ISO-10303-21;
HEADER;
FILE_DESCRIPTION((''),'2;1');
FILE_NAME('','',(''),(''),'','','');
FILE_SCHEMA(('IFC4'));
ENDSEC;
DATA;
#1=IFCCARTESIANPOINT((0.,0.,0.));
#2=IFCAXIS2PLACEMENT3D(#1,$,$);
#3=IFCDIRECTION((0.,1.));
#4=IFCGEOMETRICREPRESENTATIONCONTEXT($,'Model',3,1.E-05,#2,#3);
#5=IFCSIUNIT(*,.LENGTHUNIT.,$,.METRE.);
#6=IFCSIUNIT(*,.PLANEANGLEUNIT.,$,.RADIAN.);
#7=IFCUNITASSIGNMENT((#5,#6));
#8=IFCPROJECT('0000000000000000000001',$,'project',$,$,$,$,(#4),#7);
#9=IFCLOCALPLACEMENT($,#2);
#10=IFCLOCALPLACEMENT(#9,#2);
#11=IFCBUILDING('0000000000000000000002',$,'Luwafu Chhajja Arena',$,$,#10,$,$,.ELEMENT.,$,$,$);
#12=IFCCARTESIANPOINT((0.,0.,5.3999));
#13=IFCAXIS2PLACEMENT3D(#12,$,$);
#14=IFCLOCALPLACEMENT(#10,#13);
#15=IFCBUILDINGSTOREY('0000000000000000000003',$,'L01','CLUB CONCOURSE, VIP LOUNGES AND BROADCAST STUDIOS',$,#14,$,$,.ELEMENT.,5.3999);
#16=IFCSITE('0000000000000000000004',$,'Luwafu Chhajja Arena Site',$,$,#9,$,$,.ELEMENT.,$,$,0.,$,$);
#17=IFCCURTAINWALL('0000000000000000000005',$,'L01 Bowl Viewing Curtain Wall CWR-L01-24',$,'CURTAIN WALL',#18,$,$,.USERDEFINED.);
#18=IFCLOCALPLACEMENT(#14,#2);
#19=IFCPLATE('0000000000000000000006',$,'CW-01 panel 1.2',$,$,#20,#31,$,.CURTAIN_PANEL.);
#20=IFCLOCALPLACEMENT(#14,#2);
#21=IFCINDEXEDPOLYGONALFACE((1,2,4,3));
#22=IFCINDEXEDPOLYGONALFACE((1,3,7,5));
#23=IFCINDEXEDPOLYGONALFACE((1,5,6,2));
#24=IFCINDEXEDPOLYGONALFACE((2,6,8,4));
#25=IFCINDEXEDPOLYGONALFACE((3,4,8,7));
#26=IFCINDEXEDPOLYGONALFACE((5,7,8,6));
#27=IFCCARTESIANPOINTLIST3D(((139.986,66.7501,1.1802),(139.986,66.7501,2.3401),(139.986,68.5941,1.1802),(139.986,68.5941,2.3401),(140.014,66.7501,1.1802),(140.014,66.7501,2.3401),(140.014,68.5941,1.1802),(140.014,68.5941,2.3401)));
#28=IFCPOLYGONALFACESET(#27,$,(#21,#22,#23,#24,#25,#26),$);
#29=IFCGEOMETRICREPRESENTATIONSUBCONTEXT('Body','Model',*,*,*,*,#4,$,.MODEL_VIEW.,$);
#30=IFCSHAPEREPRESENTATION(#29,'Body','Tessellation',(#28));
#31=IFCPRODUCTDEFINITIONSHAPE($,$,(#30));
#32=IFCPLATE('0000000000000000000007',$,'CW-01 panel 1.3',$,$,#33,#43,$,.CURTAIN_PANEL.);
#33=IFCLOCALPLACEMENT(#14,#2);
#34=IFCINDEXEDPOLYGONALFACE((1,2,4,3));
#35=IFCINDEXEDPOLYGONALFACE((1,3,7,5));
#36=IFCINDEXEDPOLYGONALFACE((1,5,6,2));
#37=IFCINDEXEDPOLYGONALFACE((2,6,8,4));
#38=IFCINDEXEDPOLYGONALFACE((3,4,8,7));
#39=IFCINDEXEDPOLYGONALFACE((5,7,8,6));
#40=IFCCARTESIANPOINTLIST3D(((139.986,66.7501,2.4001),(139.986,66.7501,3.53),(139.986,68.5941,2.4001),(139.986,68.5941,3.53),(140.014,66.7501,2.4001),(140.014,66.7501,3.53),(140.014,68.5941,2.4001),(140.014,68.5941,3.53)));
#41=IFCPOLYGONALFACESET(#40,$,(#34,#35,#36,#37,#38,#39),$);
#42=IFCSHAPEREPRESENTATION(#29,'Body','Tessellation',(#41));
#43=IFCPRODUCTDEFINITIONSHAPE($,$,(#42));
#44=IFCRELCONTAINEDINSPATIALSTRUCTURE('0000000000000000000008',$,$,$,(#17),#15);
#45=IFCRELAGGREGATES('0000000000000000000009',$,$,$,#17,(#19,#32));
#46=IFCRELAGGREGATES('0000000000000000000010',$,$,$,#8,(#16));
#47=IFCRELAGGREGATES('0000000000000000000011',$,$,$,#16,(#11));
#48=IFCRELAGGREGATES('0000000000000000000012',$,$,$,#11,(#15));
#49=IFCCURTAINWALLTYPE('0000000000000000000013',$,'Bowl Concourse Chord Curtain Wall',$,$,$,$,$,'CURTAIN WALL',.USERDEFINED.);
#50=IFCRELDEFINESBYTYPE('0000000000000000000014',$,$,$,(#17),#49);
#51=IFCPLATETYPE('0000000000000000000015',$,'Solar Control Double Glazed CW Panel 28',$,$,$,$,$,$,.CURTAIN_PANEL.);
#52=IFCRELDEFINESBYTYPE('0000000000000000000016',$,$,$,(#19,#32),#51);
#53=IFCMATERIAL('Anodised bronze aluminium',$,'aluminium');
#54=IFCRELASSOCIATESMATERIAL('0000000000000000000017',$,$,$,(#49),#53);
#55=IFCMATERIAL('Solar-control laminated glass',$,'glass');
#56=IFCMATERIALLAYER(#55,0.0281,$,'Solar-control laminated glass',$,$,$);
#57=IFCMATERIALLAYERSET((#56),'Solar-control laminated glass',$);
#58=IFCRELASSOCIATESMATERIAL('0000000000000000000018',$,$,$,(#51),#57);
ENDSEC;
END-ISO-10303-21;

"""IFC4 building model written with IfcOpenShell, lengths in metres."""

from ifc_helpers import new_model, si_unit, direction, frame, origin, origin_2d, place, context, subcontext, project, spatial, rectangle, extrude, material, layer, layer_set, type_object, element, aggregate, save


model = new_model("IFC4")

# Units and contexts
model_context = context("Model", 3, precision=1e-05, world=origin(), true_north=direction((0.0, 1.0)))
body_context = subcontext(model_context, "Body", "Model", "MODEL_VIEW")
ifc_project = project(units=[si_unit("LENGTHUNIT", "METRE"), si_unit("PLANEANGLEUNIT", "RADIAN")], contexts=[model_context])

# Site, building, storey
site_placement = place(None, origin())
site = spatial("IfcSite", under=ifc_project, at=site_placement, Name="Luwafu Chhajja Arena Site", CompositionType="ELEMENT", RefElevation=0.0)
building_placement = place(site_placement, origin())
building = spatial("IfcBuilding", under=site, at=building_placement, Name="Luwafu Chhajja Arena", CompositionType="ELEMENT")
storey_placement = place(building_placement, frame((0.0, 0.0, 5.3999)))
storey = spatial("IfcBuildingStorey", under=building, at=storey_placement, Name="L01", Description="CLUB CONCOURSE, VIP LOUNGES AND BROADCAST STUDIOS", CompositionType="ELEMENT", Elevation=5.3999)

# Curtain wall
ifc_material_1 = material(Name="Anodised bronze aluminium", Category="aluminium")
curtain_wall_type = type_object("IfcCurtainWallType", Name="Bowl Concourse Chord Curtain Wall", ElementType="CURTAIN WALL", PredefinedType="USERDEFINED", material=ifc_material_1)
curtain_wall_1_placement = place(storey_placement, origin())
curtain_wall_1 = element("IfcCurtainWall", 1, at=curtain_wall_1_placement, inside=storey, type_object=curtain_wall_type, Name="L01 Bowl Viewing Curtain Wall CWR-L01-24", ObjectType="CURTAIN WALL", PredefinedType="USERDEFINED")

# Plates
ifc_material_2 = material(Name="Solar-control laminated glass", Category="glass")
ifc_layer = layer(ifc_material_2, 0.0281, Name="Solar-control laminated glass")
ifc_layer_set = layer_set([ifc_layer], Name="Solar-control laminated glass")
plate_type = type_object("IfcPlateType", Name="Solar Control Double Glazed CW Panel 28", PredefinedType="CURTAIN_PANEL", material=ifc_layer_set)
plate_1_placement = place(storey_placement, frame((140.0, 67.6721, 1.1802), z_axis=(0.0, 0.0, 1.0), x_axis=(0.0, 1.0, 0.0)))
plate_1 = element("IfcPlate", 2, at=plate_1_placement, type_object=plate_type, Name="CW-01 panel 1.2", PredefinedType="CURTAIN_PANEL", context=body_context, shape_type="SweptSolid", body=[
    extrude(rectangle(XDim=1.844, YDim=0.0281, at=origin_2d()), origin(), (0.0, 0.0, 1.0), 1.1599),
])
plate_2_placement = place(storey_placement, frame((140.0, 67.6721, 2.4001), z_axis=(0.0, 0.0, 1.0), x_axis=(0.0, 1.0, 0.0)))
plate_2 = element("IfcPlate", 3, at=plate_2_placement, type_object=plate_type, Name="CW-01 panel 1.3", PredefinedType="CURTAIN_PANEL", context=body_context, shape_type="SweptSolid", body=[
    extrude(rectangle(XDim=1.844, YDim=0.0281, at=origin_2d()), origin(), (0.0, 0.0, 1.0), 1.1299),
])
aggregate(curtain_wall_1, [plate_1, plate_2])

save(model, "model.ifc")
